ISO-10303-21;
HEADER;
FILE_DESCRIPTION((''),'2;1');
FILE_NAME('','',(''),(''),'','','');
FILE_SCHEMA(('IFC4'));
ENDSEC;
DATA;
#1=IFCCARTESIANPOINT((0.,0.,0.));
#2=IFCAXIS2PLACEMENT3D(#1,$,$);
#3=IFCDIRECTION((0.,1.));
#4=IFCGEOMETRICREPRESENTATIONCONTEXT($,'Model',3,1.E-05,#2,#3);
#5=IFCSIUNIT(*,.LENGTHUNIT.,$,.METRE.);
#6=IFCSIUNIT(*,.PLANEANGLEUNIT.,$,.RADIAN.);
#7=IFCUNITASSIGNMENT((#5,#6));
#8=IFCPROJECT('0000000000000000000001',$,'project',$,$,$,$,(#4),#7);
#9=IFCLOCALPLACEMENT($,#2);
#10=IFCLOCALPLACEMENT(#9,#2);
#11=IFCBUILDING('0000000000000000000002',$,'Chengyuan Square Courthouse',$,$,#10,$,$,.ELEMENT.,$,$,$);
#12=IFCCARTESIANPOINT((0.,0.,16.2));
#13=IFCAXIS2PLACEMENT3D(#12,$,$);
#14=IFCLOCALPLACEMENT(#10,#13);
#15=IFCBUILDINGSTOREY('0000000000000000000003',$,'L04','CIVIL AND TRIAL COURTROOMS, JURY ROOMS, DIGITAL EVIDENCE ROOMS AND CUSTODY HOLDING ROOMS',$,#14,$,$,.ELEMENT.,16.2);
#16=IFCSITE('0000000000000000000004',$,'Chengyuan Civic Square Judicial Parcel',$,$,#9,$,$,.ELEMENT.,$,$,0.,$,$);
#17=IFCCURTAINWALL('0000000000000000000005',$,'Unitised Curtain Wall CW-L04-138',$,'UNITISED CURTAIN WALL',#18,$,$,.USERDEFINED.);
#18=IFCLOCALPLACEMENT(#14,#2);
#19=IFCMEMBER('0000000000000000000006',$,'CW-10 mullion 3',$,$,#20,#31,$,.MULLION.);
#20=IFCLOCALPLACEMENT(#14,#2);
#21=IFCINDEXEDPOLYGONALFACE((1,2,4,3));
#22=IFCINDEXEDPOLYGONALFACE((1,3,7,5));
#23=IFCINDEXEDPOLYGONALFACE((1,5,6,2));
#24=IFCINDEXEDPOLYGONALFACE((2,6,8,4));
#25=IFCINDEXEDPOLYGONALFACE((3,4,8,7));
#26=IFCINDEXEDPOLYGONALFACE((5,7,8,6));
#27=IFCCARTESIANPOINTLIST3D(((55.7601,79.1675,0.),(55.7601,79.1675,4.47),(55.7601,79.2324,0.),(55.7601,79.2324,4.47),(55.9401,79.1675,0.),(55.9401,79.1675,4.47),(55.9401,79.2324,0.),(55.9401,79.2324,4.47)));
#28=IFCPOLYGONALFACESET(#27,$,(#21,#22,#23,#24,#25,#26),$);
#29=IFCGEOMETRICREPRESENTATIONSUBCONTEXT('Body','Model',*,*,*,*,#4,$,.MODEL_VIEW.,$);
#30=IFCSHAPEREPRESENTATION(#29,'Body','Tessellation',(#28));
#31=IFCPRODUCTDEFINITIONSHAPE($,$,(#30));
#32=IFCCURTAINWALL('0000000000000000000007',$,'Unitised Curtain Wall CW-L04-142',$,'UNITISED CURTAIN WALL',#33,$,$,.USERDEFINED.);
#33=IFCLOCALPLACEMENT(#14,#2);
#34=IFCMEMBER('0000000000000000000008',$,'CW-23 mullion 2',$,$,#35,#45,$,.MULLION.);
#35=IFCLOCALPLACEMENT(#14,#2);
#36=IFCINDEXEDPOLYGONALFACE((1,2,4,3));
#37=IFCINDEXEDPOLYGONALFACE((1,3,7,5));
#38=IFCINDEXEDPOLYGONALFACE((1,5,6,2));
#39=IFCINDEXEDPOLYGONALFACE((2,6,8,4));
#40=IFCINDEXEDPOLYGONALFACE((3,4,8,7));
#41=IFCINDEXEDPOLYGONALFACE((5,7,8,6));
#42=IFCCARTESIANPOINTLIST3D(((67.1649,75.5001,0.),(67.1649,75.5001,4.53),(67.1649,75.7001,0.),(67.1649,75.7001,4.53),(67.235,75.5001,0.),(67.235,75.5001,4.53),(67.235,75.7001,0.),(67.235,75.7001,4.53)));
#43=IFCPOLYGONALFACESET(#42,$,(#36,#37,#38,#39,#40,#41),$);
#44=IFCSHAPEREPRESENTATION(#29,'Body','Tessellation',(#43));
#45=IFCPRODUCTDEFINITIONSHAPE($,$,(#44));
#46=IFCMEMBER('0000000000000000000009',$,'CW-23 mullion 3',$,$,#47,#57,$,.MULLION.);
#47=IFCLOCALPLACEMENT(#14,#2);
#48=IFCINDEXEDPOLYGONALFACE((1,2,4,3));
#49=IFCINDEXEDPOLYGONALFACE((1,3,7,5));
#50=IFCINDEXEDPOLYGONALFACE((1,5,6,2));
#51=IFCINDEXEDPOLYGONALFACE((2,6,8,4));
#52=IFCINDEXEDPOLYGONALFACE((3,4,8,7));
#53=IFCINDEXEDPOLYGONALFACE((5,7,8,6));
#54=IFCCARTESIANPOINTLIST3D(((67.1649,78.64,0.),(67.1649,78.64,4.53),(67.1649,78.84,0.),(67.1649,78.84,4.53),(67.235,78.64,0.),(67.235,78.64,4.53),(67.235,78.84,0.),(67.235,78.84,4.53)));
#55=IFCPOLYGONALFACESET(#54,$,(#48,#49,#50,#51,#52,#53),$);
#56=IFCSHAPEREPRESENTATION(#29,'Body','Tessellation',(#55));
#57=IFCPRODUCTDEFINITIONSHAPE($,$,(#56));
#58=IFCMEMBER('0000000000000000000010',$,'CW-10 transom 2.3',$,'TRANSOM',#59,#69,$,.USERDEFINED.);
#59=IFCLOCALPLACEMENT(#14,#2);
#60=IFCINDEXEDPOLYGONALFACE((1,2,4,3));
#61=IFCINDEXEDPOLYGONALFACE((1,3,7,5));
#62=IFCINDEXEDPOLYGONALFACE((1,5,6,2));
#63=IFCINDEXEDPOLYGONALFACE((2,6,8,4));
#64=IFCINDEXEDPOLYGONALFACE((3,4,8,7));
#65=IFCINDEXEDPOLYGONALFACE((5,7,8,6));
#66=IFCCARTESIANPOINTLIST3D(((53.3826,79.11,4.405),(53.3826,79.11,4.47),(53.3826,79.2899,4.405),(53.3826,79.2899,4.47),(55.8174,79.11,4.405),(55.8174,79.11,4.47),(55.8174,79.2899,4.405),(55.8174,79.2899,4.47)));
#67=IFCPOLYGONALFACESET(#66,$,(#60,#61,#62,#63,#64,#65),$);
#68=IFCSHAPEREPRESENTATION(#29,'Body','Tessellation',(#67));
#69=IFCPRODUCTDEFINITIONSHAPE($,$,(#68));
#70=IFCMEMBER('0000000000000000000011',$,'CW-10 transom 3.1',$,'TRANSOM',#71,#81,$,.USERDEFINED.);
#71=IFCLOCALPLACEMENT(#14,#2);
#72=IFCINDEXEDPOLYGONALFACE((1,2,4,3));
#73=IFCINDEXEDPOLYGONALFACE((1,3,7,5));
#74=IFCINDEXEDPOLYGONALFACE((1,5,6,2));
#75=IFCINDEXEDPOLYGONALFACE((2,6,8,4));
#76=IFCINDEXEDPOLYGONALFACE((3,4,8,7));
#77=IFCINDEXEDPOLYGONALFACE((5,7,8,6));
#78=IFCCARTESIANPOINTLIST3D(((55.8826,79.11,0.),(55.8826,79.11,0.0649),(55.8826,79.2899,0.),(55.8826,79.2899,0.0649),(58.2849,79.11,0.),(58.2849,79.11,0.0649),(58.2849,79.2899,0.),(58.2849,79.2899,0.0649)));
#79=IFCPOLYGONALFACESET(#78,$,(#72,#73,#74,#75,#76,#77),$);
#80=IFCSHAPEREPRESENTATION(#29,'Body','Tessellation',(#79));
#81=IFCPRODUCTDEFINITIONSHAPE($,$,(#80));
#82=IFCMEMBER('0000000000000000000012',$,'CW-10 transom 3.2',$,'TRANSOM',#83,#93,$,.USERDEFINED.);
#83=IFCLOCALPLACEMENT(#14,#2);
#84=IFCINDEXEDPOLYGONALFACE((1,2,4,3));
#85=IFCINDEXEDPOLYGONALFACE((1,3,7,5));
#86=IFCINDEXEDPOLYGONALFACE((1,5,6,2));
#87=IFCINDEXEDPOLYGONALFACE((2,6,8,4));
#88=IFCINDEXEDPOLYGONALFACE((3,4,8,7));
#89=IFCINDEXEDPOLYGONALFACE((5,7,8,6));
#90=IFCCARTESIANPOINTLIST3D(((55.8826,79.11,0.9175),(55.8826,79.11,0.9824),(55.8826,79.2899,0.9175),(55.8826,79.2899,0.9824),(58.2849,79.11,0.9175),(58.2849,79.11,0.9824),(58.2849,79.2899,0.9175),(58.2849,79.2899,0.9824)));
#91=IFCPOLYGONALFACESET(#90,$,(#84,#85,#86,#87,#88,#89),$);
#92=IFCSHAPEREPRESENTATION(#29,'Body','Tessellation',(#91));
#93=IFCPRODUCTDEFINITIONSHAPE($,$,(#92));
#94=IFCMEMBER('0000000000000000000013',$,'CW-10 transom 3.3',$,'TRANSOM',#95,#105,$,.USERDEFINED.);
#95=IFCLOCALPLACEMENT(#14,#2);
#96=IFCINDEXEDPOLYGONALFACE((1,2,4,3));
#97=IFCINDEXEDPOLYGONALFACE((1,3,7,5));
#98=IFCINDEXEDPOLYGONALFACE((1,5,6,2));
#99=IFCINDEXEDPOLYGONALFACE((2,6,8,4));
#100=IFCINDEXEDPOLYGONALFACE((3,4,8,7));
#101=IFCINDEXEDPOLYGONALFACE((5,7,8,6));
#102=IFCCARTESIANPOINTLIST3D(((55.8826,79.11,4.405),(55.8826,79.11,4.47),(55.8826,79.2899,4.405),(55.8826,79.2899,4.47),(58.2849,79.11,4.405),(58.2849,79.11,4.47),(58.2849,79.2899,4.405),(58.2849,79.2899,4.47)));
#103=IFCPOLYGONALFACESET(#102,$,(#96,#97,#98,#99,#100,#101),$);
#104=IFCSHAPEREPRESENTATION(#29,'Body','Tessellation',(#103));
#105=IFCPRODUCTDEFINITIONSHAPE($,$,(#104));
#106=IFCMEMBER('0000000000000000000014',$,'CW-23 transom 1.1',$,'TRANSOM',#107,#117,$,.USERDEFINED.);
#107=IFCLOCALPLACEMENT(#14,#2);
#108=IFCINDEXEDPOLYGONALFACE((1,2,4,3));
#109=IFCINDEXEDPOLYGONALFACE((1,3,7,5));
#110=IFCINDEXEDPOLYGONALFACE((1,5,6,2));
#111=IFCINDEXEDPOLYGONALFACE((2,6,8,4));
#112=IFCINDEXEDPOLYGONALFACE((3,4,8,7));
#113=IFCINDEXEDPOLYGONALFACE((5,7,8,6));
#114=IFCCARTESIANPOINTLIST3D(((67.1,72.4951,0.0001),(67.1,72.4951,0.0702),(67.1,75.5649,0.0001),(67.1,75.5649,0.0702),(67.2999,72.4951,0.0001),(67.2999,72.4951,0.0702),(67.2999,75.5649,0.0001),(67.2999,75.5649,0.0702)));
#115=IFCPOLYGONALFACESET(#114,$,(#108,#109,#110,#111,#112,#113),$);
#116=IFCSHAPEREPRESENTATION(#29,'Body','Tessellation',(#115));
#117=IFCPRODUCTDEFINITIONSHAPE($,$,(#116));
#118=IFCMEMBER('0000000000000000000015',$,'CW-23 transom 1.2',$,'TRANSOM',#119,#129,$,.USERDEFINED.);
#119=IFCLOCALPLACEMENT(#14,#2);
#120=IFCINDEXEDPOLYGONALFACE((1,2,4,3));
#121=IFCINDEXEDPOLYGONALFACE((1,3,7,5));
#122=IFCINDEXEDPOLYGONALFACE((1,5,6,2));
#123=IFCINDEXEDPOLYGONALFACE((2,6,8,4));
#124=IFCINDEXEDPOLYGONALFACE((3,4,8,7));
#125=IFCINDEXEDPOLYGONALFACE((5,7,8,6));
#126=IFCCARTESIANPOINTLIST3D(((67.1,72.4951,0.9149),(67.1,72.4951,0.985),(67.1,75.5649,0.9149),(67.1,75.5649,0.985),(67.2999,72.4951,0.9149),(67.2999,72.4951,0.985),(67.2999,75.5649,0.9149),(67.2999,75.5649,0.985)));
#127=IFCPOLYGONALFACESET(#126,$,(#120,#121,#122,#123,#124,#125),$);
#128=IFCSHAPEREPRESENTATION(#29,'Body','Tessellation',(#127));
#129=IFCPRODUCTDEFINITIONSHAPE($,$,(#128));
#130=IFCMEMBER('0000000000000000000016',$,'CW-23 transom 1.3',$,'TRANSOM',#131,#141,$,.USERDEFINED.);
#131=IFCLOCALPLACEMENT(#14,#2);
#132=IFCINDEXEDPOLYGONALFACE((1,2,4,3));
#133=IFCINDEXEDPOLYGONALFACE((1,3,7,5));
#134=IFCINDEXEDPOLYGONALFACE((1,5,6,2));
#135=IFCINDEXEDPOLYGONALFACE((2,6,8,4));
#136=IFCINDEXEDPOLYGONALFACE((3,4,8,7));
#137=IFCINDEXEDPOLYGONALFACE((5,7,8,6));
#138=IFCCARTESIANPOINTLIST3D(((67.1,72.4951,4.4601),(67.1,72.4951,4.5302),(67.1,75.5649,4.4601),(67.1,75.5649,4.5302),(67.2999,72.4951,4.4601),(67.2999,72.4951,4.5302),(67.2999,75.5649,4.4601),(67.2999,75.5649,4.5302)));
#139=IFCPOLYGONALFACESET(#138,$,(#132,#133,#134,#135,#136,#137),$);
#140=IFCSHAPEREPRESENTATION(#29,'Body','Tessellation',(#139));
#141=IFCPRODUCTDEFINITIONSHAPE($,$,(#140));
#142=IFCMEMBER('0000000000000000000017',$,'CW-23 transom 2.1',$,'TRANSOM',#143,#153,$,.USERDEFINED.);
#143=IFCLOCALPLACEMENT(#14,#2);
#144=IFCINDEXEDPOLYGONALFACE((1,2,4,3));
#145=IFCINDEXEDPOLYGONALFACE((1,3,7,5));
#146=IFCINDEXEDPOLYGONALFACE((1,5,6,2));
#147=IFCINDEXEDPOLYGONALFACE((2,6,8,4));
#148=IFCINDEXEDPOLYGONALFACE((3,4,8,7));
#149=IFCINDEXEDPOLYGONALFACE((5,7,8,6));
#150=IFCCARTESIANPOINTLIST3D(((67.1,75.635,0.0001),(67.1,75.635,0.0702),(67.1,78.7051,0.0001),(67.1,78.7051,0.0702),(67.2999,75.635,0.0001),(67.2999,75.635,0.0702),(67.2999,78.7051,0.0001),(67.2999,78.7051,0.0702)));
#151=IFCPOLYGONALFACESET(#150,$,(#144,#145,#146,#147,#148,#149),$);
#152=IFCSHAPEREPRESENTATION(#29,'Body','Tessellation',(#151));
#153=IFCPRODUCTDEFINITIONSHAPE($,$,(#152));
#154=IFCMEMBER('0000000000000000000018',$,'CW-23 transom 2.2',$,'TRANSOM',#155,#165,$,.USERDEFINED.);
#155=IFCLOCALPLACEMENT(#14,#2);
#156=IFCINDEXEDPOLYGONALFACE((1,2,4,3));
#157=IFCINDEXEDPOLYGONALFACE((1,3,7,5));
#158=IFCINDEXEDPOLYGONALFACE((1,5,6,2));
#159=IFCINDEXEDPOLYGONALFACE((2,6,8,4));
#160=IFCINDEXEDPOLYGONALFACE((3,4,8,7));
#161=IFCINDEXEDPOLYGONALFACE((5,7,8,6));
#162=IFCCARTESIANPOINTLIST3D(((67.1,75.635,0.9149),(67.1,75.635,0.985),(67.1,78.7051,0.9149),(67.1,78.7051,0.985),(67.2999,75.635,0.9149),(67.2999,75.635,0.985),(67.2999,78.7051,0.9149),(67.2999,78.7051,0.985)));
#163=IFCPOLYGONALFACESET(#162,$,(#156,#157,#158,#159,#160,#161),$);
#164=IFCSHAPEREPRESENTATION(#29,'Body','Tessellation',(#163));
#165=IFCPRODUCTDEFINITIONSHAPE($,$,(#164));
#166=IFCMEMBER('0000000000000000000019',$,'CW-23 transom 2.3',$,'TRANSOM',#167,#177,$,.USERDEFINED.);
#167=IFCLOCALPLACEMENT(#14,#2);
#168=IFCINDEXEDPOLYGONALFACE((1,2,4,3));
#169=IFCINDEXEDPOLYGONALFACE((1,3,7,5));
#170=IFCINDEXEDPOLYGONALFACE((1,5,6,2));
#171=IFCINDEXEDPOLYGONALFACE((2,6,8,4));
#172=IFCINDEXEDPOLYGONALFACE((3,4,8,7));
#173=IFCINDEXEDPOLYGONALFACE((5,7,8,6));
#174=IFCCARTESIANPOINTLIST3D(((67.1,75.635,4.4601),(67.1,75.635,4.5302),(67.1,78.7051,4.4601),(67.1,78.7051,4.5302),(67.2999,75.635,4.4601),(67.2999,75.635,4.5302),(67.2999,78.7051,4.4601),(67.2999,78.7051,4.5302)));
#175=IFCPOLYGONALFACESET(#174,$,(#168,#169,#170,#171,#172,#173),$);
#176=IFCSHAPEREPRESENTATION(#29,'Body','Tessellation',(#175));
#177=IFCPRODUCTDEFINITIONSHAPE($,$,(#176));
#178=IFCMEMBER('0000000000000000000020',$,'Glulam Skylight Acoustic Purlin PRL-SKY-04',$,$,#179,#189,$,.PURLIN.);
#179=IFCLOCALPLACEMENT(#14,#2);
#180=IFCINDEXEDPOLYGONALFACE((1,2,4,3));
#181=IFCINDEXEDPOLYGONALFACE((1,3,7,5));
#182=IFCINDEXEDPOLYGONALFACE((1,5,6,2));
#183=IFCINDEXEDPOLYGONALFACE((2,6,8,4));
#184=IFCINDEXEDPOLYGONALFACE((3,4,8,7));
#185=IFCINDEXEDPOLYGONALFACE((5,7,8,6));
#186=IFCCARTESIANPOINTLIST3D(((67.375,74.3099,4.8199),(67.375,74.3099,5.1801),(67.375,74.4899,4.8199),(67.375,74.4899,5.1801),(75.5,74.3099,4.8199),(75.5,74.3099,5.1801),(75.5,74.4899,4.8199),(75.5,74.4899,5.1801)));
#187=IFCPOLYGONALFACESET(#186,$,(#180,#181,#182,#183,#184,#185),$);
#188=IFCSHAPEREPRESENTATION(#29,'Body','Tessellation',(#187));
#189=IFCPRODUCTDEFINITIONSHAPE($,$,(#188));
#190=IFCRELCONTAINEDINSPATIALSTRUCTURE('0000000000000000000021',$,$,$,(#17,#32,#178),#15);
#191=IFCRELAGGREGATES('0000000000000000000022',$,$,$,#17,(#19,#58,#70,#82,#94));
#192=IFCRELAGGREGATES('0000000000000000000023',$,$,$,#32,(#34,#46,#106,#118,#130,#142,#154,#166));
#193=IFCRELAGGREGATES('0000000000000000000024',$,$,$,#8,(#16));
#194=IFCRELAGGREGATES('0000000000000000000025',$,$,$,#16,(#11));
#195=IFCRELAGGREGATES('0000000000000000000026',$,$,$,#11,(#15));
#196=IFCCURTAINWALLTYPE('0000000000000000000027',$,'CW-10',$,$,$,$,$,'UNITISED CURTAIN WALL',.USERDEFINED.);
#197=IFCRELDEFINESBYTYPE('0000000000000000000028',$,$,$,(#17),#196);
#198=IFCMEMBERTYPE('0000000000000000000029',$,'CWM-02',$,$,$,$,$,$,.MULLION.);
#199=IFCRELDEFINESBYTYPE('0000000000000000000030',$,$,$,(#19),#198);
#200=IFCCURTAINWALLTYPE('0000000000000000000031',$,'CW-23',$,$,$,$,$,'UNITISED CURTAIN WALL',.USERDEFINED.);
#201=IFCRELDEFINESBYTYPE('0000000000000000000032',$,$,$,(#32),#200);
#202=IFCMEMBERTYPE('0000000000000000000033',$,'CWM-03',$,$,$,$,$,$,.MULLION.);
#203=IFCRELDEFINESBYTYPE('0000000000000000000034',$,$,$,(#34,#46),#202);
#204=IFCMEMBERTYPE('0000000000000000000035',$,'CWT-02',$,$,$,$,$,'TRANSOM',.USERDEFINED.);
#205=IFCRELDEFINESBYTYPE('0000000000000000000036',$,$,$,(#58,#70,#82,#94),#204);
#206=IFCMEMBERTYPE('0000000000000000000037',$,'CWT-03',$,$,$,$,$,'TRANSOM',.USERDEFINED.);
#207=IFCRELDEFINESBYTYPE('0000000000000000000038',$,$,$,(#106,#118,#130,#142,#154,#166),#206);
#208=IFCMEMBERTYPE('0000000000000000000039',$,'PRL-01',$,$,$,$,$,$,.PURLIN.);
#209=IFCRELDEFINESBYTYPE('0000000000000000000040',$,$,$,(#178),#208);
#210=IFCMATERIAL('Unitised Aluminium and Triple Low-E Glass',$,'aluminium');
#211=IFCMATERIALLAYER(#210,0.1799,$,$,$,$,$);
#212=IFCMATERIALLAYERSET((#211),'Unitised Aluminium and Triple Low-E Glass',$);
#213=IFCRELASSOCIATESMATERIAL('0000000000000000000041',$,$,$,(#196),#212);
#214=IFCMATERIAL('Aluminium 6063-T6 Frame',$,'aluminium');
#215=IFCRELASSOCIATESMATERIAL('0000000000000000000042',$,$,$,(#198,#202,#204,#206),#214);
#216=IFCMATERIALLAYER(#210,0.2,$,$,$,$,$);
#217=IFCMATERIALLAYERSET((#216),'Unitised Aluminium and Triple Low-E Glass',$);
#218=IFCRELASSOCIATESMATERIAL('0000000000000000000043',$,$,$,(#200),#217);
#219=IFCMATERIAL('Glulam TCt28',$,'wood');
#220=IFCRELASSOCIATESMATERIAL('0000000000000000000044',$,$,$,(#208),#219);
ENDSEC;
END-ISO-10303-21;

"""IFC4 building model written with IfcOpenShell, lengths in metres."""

from ifc_helpers import new_model, si_unit, direction, frame, origin, origin_2d, place, context, subcontext, project, spatial, rectangle, extrude, material, layer, layer_set, material_profile, profile_set, type_object, element, aggregate, save


model = new_model("IFC4")

# Units and contexts
model_context = context("Model", 3, precision=1e-05, world=origin(), true_north=direction((0.0, 1.0)))
body_context = subcontext(model_context, "Body", "Model", "MODEL_VIEW")
ifc_project = project(units=[si_unit("LENGTHUNIT", "METRE"), si_unit("PLANEANGLEUNIT", "RADIAN")], contexts=[model_context])

# Site, building, storey
site_placement = place(None, origin())
site = spatial("IfcSite", under=ifc_project, at=site_placement, Name="Chengyuan Civic Square Judicial Parcel", CompositionType="ELEMENT", RefElevation=0.0)
building_placement = place(site_placement, origin())
building = spatial("IfcBuilding", under=site, at=building_placement, Name="Chengyuan Square Courthouse", CompositionType="ELEMENT")
storey_placement = place(building_placement, frame((0.0, 0.0, 16.2)))
storey = spatial("IfcBuildingStorey", under=building, at=storey_placement, Name="L04", Description="CIVIL AND TRIAL COURTROOMS, JURY ROOMS, DIGITAL EVIDENCE ROOMS AND CUSTODY HOLDING ROOMS", CompositionType="ELEMENT", Elevation=16.2)

# Curtain wall, member
ifc_material_1 = material(Name="Unitised Aluminium and Triple Low-E Glass", Category="aluminium")
ifc_layer_1 = layer(ifc_material_1, 0.1799)
ifc_layer_set_1 = layer_set([ifc_layer_1], Name="Unitised Aluminium and Triple Low-E Glass")
curtain_wall_type_1 = type_object("IfcCurtainWallType", Name="CW-10", ElementType="UNITISED CURTAIN WALL", PredefinedType="USERDEFINED", material=ifc_layer_set_1)
curtain_wall_1_placement = place(storey_placement, origin())
curtain_wall_1 = element("IfcCurtainWall", 1, at=curtain_wall_1_placement, inside=storey, type_object=curtain_wall_type_1, Name="Unitised Curtain Wall CW-L04-138", ObjectType="UNITISED CURTAIN WALL", PredefinedType="USERDEFINED")
ifc_material_2 = material(Name="Aluminium 6063-T6 Frame", Category="aluminium")
ifc_material_profile_1 = material_profile(ifc_material_2, rectangle(XDim=0.0649, YDim=0.1799, at=origin_2d()), Name="CW-MUL-65x180")
ifc_profile_set_1 = profile_set([ifc_material_profile_1], Name="Aluminium 6063-T6 Frame")
member_type_1 = type_object("IfcMemberType", Name="CWM-02", PredefinedType="MULLION", material=ifc_profile_set_1)
member_1_placement = place(storey_placement, frame((55.8501, 79.2, 0.0), z_axis=(0.0, 0.0, 1.0), x_axis=(0.0, 1.0, 0.0)))
member_1 = element("IfcMember", 2, at=member_1_placement, type_object=member_type_1, Name="CW-10 mullion 3", PredefinedType="MULLION", context=body_context, shape_type="SweptSolid", body=[
    extrude(rectangle(XDim=0.0649, YDim=0.1799, at=origin_2d()), origin(), (0.0, 0.0, 1.0), 4.47),
])

# Curtain wall, members
ifc_layer_2 = layer(ifc_material_1, 0.2)
ifc_layer_set_2 = layer_set([ifc_layer_2], Name="Unitised Aluminium and Triple Low-E Glass")
curtain_wall_type_2 = type_object("IfcCurtainWallType", Name="CW-23", ElementType="UNITISED CURTAIN WALL", PredefinedType="USERDEFINED", material=ifc_layer_set_2)
curtain_wall_2_placement = place(storey_placement, origin())
curtain_wall_2 = element("IfcCurtainWall", 3, at=curtain_wall_2_placement, inside=storey, type_object=curtain_wall_type_2, Name="Unitised Curtain Wall CW-L04-142", ObjectType="UNITISED CURTAIN WALL", PredefinedType="USERDEFINED")
ifc_material_profile_2 = material_profile(ifc_material_2, rectangle(XDim=0.0701, YDim=0.2, at=origin_2d()), Name="CW-MUL-70x200")
ifc_profile_set_2 = profile_set([ifc_material_profile_2], Name="Aluminium 6063-T6 Frame")
member_type_2 = type_object("IfcMemberType", Name="CWM-03", PredefinedType="MULLION", material=ifc_profile_set_2)
member_2_placement = place(storey_placement, frame((67.2, 75.6001, 0.0), z_axis=(0.0, 0.0, 1.0), x_axis=(-1.0, 0.0, 0.0)))
member_2 = element("IfcMember", 4, at=member_2_placement, type_object=member_type_2, Name="CW-23 mullion 2", PredefinedType="MULLION", context=body_context, shape_type="SweptSolid", body=[
    extrude(rectangle(XDim=0.0701, YDim=0.2, at=origin_2d()), origin(), (0.0, 0.0, 1.0), 4.53),
])
member_3_placement = place(storey_placement, frame((67.2, 78.74, 0.0), z_axis=(0.0, 0.0, 1.0), x_axis=(-1.0, 0.0, 0.0)))
member_3 = element("IfcMember", 5, at=member_3_placement, type_object=member_type_2, Name="CW-23 mullion 3", PredefinedType="MULLION", context=body_context, shape_type="SweptSolid", body=[
    extrude(rectangle(XDim=0.0701, YDim=0.2, at=origin_2d()), origin(), (0.0, 0.0, 1.0), 4.53),
])

# Members
ifc_material_profile_3 = material_profile(ifc_material_2, rectangle(XDim=0.1799, YDim=0.0649, at=origin_2d()), Name="CW-TRN-65x140")
ifc_profile_set_3 = profile_set([ifc_material_profile_3], Name="Aluminium 6063-T6 Frame")
member_type_3 = type_object("IfcMemberType", Name="CWT-02", ElementType="TRANSOM", PredefinedType="USERDEFINED", material=ifc_profile_set_3)
member_4_placement = place(storey_placement, frame((53.3826, 79.2, 4.4375), z_axis=(1.0, 0.0, 0.0), x_axis=(0.0, 1.0, 0.0)))
member_4 = element("IfcMember", 6, at=member_4_placement, type_object=member_type_3, Name="CW-10 transom 2.3", ObjectType="TRANSOM", PredefinedType="USERDEFINED", context=body_context, shape_type="SweptSolid", body=[
    extrude(rectangle(XDim=0.1799, YDim=0.0649, at=origin_2d()), origin(), (0.0, 0.0, 1.0), 2.4348),
])
member_5_placement = place(storey_placement, frame((55.8826, 79.2, 0.0325), z_axis=(1.0, 0.0, 0.0), x_axis=(0.0, 1.0, 0.0)))
member_5 = element("IfcMember", 7, at=member_5_placement, type_object=member_type_3, Name="CW-10 transom 3.1", ObjectType="TRANSOM", PredefinedType="USERDEFINED", context=body_context, shape_type="SweptSolid", body=[
    extrude(rectangle(XDim=0.1799, YDim=0.0649, at=origin_2d()), origin(), (0.0, 0.0, 1.0), 2.4023),
])
member_6_placement = place(storey_placement, frame((55.8826, 79.2, 0.95), z_axis=(1.0, 0.0, 0.0), x_axis=(0.0, 1.0, 0.0)))
member_6 = element("IfcMember", 8, at=member_6_placement, type_object=member_type_3, Name="CW-10 transom 3.2", ObjectType="TRANSOM", PredefinedType="USERDEFINED", context=body_context, shape_type="SweptSolid", body=[
    extrude(rectangle(XDim=0.1799, YDim=0.0649, at=origin_2d()), origin(), (0.0, 0.0, 1.0), 2.4023),
])
member_7_placement = place(storey_placement, frame((55.8826, 79.2, 4.4375), z_axis=(1.0, 0.0, 0.0), x_axis=(0.0, 1.0, 0.0)))
member_7 = element("IfcMember", 9, at=member_7_placement, type_object=member_type_3, Name="CW-10 transom 3.3", ObjectType="TRANSOM", PredefinedType="USERDEFINED", context=body_context, shape_type="SweptSolid", body=[
    extrude(rectangle(XDim=0.1799, YDim=0.0649, at=origin_2d()), origin(), (0.0, 0.0, 1.0), 2.4023),
])
ifc_material_profile_4 = material_profile(ifc_material_2, rectangle(XDim=0.2, YDim=0.0701, at=origin_2d()), Name="CW-TRN-70x160")
ifc_profile_set_4 = profile_set([ifc_material_profile_4], Name="Aluminium 6063-T6 Frame")
member_type_4 = type_object("IfcMemberType", Name="CWT-03", ElementType="TRANSOM", PredefinedType="USERDEFINED", material=ifc_profile_set_4)
member_8_placement = place(storey_placement, frame((67.2, 72.4951, 0.0352), z_axis=(0.0, 1.0, 0.0), x_axis=(-1.0, 0.0, 0.0)))
member_8 = element("IfcMember", 10, at=member_8_placement, type_object=member_type_4, Name="CW-23 transom 1.1", ObjectType="TRANSOM", PredefinedType="USERDEFINED", context=body_context, shape_type="SweptSolid", body=[
    extrude(rectangle(XDim=0.2, YDim=0.0701, at=origin_2d()), origin(), (0.0, 0.0, 1.0), 3.0698),
])
member_9_placement = place(storey_placement, frame((67.2, 72.4951, 0.95), z_axis=(0.0, 1.0, 0.0), x_axis=(-1.0, 0.0, 0.0)))
member_9 = element("IfcMember", 11, at=member_9_placement, type_object=member_type_4, Name="CW-23 transom 1.2", ObjectType="TRANSOM", PredefinedType="USERDEFINED", context=body_context, shape_type="SweptSolid", body=[
    extrude(rectangle(XDim=0.2, YDim=0.0701, at=origin_2d()), origin(), (0.0, 0.0, 1.0), 3.0698),
])
member_10_placement = place(storey_placement, frame((67.2, 72.4951, 4.4951), z_axis=(0.0, 1.0, 0.0), x_axis=(-1.0, 0.0, 0.0)))
member_10 = element("IfcMember", 12, at=member_10_placement, type_object=member_type_4, Name="CW-23 transom 1.3", ObjectType="TRANSOM", PredefinedType="USERDEFINED", context=body_context, shape_type="SweptSolid", body=[
    extrude(rectangle(XDim=0.2, YDim=0.0701, at=origin_2d()), origin(), (0.0, 0.0, 1.0), 3.0698),
])
member_11_placement = place(storey_placement, frame((67.2, 75.635, 0.0352), z_axis=(0.0, 1.0, 0.0), x_axis=(-1.0, 0.0, 0.0)))
member_11 = element("IfcMember", 13, at=member_11_placement, type_object=member_type_4, Name="CW-23 transom 2.1", ObjectType="TRANSOM", PredefinedType="USERDEFINED", context=body_context, shape_type="SweptSolid", body=[
    extrude(rectangle(XDim=0.2, YDim=0.0701, at=origin_2d()), origin(), (0.0, 0.0, 1.0), 3.0701),
])
member_12_placement = place(storey_placement, frame((67.2, 75.635, 0.95), z_axis=(0.0, 1.0, 0.0), x_axis=(-1.0, 0.0, 0.0)))
member_12 = element("IfcMember", 14, at=member_12_placement, type_object=member_type_4, Name="CW-23 transom 2.2", ObjectType="TRANSOM", PredefinedType="USERDEFINED", context=body_context, shape_type="SweptSolid", body=[
    extrude(rectangle(XDim=0.2, YDim=0.0701, at=origin_2d()), origin(), (0.0, 0.0, 1.0), 3.0701),
])
member_13_placement = place(storey_placement, frame((67.2, 75.635, 4.4951), z_axis=(0.0, 1.0, 0.0), x_axis=(-1.0, 0.0, 0.0)))
member_13 = element("IfcMember", 15, at=member_13_placement, type_object=member_type_4, Name="CW-23 transom 2.3", ObjectType="TRANSOM", PredefinedType="USERDEFINED", context=body_context, shape_type="SweptSolid", body=[
    extrude(rectangle(XDim=0.2, YDim=0.0701, at=origin_2d()), origin(), (0.0, 0.0, 1.0), 3.0701),
])

# Member
ifc_material_3 = material(Name="Glulam TCt28", Category="wood")
ifc_material_profile_5 = material_profile(ifc_material_3, rectangle(XDim=0.1799, YDim=0.3601, at=origin_2d()), Name="GL-PRL-180x360")
ifc_profile_set_5 = profile_set([ifc_material_profile_5], Name="Glulam TCt28")
member_type_5 = type_object("IfcMemberType", Name="PRL-01", PredefinedType="PURLIN", material=ifc_profile_set_5)
for number, where, z_axis, x_axis, name in (
    (16, (67.375, 74.3999, 5.0), (1.0, 0.0, 0.0), (0.0, 1.0, 0.0), "Glulam Skylight Acoustic Purlin PRL-SKY-04"),
):
    element("IfcMember", number, at=place(storey_placement, frame(where, z_axis=z_axis, x_axis=x_axis)), inside=storey, type_object=member_type_5, Name=name, PredefinedType="PURLIN", context=body_context, shape_type="SweptSolid", body=[
        extrude(rectangle(XDim=0.1799, YDim=0.3601, at=origin_2d()), origin(), (0.0, 0.0, 1.0), 8.125),
    ])

aggregate(curtain_wall_1, [member_1, member_4, member_5, member_6, member_7])
aggregate(curtain_wall_2, [member_2, member_3, member_8, member_9, member_10, member_11, member_12, member_13])

save(model, "model.ifc")
